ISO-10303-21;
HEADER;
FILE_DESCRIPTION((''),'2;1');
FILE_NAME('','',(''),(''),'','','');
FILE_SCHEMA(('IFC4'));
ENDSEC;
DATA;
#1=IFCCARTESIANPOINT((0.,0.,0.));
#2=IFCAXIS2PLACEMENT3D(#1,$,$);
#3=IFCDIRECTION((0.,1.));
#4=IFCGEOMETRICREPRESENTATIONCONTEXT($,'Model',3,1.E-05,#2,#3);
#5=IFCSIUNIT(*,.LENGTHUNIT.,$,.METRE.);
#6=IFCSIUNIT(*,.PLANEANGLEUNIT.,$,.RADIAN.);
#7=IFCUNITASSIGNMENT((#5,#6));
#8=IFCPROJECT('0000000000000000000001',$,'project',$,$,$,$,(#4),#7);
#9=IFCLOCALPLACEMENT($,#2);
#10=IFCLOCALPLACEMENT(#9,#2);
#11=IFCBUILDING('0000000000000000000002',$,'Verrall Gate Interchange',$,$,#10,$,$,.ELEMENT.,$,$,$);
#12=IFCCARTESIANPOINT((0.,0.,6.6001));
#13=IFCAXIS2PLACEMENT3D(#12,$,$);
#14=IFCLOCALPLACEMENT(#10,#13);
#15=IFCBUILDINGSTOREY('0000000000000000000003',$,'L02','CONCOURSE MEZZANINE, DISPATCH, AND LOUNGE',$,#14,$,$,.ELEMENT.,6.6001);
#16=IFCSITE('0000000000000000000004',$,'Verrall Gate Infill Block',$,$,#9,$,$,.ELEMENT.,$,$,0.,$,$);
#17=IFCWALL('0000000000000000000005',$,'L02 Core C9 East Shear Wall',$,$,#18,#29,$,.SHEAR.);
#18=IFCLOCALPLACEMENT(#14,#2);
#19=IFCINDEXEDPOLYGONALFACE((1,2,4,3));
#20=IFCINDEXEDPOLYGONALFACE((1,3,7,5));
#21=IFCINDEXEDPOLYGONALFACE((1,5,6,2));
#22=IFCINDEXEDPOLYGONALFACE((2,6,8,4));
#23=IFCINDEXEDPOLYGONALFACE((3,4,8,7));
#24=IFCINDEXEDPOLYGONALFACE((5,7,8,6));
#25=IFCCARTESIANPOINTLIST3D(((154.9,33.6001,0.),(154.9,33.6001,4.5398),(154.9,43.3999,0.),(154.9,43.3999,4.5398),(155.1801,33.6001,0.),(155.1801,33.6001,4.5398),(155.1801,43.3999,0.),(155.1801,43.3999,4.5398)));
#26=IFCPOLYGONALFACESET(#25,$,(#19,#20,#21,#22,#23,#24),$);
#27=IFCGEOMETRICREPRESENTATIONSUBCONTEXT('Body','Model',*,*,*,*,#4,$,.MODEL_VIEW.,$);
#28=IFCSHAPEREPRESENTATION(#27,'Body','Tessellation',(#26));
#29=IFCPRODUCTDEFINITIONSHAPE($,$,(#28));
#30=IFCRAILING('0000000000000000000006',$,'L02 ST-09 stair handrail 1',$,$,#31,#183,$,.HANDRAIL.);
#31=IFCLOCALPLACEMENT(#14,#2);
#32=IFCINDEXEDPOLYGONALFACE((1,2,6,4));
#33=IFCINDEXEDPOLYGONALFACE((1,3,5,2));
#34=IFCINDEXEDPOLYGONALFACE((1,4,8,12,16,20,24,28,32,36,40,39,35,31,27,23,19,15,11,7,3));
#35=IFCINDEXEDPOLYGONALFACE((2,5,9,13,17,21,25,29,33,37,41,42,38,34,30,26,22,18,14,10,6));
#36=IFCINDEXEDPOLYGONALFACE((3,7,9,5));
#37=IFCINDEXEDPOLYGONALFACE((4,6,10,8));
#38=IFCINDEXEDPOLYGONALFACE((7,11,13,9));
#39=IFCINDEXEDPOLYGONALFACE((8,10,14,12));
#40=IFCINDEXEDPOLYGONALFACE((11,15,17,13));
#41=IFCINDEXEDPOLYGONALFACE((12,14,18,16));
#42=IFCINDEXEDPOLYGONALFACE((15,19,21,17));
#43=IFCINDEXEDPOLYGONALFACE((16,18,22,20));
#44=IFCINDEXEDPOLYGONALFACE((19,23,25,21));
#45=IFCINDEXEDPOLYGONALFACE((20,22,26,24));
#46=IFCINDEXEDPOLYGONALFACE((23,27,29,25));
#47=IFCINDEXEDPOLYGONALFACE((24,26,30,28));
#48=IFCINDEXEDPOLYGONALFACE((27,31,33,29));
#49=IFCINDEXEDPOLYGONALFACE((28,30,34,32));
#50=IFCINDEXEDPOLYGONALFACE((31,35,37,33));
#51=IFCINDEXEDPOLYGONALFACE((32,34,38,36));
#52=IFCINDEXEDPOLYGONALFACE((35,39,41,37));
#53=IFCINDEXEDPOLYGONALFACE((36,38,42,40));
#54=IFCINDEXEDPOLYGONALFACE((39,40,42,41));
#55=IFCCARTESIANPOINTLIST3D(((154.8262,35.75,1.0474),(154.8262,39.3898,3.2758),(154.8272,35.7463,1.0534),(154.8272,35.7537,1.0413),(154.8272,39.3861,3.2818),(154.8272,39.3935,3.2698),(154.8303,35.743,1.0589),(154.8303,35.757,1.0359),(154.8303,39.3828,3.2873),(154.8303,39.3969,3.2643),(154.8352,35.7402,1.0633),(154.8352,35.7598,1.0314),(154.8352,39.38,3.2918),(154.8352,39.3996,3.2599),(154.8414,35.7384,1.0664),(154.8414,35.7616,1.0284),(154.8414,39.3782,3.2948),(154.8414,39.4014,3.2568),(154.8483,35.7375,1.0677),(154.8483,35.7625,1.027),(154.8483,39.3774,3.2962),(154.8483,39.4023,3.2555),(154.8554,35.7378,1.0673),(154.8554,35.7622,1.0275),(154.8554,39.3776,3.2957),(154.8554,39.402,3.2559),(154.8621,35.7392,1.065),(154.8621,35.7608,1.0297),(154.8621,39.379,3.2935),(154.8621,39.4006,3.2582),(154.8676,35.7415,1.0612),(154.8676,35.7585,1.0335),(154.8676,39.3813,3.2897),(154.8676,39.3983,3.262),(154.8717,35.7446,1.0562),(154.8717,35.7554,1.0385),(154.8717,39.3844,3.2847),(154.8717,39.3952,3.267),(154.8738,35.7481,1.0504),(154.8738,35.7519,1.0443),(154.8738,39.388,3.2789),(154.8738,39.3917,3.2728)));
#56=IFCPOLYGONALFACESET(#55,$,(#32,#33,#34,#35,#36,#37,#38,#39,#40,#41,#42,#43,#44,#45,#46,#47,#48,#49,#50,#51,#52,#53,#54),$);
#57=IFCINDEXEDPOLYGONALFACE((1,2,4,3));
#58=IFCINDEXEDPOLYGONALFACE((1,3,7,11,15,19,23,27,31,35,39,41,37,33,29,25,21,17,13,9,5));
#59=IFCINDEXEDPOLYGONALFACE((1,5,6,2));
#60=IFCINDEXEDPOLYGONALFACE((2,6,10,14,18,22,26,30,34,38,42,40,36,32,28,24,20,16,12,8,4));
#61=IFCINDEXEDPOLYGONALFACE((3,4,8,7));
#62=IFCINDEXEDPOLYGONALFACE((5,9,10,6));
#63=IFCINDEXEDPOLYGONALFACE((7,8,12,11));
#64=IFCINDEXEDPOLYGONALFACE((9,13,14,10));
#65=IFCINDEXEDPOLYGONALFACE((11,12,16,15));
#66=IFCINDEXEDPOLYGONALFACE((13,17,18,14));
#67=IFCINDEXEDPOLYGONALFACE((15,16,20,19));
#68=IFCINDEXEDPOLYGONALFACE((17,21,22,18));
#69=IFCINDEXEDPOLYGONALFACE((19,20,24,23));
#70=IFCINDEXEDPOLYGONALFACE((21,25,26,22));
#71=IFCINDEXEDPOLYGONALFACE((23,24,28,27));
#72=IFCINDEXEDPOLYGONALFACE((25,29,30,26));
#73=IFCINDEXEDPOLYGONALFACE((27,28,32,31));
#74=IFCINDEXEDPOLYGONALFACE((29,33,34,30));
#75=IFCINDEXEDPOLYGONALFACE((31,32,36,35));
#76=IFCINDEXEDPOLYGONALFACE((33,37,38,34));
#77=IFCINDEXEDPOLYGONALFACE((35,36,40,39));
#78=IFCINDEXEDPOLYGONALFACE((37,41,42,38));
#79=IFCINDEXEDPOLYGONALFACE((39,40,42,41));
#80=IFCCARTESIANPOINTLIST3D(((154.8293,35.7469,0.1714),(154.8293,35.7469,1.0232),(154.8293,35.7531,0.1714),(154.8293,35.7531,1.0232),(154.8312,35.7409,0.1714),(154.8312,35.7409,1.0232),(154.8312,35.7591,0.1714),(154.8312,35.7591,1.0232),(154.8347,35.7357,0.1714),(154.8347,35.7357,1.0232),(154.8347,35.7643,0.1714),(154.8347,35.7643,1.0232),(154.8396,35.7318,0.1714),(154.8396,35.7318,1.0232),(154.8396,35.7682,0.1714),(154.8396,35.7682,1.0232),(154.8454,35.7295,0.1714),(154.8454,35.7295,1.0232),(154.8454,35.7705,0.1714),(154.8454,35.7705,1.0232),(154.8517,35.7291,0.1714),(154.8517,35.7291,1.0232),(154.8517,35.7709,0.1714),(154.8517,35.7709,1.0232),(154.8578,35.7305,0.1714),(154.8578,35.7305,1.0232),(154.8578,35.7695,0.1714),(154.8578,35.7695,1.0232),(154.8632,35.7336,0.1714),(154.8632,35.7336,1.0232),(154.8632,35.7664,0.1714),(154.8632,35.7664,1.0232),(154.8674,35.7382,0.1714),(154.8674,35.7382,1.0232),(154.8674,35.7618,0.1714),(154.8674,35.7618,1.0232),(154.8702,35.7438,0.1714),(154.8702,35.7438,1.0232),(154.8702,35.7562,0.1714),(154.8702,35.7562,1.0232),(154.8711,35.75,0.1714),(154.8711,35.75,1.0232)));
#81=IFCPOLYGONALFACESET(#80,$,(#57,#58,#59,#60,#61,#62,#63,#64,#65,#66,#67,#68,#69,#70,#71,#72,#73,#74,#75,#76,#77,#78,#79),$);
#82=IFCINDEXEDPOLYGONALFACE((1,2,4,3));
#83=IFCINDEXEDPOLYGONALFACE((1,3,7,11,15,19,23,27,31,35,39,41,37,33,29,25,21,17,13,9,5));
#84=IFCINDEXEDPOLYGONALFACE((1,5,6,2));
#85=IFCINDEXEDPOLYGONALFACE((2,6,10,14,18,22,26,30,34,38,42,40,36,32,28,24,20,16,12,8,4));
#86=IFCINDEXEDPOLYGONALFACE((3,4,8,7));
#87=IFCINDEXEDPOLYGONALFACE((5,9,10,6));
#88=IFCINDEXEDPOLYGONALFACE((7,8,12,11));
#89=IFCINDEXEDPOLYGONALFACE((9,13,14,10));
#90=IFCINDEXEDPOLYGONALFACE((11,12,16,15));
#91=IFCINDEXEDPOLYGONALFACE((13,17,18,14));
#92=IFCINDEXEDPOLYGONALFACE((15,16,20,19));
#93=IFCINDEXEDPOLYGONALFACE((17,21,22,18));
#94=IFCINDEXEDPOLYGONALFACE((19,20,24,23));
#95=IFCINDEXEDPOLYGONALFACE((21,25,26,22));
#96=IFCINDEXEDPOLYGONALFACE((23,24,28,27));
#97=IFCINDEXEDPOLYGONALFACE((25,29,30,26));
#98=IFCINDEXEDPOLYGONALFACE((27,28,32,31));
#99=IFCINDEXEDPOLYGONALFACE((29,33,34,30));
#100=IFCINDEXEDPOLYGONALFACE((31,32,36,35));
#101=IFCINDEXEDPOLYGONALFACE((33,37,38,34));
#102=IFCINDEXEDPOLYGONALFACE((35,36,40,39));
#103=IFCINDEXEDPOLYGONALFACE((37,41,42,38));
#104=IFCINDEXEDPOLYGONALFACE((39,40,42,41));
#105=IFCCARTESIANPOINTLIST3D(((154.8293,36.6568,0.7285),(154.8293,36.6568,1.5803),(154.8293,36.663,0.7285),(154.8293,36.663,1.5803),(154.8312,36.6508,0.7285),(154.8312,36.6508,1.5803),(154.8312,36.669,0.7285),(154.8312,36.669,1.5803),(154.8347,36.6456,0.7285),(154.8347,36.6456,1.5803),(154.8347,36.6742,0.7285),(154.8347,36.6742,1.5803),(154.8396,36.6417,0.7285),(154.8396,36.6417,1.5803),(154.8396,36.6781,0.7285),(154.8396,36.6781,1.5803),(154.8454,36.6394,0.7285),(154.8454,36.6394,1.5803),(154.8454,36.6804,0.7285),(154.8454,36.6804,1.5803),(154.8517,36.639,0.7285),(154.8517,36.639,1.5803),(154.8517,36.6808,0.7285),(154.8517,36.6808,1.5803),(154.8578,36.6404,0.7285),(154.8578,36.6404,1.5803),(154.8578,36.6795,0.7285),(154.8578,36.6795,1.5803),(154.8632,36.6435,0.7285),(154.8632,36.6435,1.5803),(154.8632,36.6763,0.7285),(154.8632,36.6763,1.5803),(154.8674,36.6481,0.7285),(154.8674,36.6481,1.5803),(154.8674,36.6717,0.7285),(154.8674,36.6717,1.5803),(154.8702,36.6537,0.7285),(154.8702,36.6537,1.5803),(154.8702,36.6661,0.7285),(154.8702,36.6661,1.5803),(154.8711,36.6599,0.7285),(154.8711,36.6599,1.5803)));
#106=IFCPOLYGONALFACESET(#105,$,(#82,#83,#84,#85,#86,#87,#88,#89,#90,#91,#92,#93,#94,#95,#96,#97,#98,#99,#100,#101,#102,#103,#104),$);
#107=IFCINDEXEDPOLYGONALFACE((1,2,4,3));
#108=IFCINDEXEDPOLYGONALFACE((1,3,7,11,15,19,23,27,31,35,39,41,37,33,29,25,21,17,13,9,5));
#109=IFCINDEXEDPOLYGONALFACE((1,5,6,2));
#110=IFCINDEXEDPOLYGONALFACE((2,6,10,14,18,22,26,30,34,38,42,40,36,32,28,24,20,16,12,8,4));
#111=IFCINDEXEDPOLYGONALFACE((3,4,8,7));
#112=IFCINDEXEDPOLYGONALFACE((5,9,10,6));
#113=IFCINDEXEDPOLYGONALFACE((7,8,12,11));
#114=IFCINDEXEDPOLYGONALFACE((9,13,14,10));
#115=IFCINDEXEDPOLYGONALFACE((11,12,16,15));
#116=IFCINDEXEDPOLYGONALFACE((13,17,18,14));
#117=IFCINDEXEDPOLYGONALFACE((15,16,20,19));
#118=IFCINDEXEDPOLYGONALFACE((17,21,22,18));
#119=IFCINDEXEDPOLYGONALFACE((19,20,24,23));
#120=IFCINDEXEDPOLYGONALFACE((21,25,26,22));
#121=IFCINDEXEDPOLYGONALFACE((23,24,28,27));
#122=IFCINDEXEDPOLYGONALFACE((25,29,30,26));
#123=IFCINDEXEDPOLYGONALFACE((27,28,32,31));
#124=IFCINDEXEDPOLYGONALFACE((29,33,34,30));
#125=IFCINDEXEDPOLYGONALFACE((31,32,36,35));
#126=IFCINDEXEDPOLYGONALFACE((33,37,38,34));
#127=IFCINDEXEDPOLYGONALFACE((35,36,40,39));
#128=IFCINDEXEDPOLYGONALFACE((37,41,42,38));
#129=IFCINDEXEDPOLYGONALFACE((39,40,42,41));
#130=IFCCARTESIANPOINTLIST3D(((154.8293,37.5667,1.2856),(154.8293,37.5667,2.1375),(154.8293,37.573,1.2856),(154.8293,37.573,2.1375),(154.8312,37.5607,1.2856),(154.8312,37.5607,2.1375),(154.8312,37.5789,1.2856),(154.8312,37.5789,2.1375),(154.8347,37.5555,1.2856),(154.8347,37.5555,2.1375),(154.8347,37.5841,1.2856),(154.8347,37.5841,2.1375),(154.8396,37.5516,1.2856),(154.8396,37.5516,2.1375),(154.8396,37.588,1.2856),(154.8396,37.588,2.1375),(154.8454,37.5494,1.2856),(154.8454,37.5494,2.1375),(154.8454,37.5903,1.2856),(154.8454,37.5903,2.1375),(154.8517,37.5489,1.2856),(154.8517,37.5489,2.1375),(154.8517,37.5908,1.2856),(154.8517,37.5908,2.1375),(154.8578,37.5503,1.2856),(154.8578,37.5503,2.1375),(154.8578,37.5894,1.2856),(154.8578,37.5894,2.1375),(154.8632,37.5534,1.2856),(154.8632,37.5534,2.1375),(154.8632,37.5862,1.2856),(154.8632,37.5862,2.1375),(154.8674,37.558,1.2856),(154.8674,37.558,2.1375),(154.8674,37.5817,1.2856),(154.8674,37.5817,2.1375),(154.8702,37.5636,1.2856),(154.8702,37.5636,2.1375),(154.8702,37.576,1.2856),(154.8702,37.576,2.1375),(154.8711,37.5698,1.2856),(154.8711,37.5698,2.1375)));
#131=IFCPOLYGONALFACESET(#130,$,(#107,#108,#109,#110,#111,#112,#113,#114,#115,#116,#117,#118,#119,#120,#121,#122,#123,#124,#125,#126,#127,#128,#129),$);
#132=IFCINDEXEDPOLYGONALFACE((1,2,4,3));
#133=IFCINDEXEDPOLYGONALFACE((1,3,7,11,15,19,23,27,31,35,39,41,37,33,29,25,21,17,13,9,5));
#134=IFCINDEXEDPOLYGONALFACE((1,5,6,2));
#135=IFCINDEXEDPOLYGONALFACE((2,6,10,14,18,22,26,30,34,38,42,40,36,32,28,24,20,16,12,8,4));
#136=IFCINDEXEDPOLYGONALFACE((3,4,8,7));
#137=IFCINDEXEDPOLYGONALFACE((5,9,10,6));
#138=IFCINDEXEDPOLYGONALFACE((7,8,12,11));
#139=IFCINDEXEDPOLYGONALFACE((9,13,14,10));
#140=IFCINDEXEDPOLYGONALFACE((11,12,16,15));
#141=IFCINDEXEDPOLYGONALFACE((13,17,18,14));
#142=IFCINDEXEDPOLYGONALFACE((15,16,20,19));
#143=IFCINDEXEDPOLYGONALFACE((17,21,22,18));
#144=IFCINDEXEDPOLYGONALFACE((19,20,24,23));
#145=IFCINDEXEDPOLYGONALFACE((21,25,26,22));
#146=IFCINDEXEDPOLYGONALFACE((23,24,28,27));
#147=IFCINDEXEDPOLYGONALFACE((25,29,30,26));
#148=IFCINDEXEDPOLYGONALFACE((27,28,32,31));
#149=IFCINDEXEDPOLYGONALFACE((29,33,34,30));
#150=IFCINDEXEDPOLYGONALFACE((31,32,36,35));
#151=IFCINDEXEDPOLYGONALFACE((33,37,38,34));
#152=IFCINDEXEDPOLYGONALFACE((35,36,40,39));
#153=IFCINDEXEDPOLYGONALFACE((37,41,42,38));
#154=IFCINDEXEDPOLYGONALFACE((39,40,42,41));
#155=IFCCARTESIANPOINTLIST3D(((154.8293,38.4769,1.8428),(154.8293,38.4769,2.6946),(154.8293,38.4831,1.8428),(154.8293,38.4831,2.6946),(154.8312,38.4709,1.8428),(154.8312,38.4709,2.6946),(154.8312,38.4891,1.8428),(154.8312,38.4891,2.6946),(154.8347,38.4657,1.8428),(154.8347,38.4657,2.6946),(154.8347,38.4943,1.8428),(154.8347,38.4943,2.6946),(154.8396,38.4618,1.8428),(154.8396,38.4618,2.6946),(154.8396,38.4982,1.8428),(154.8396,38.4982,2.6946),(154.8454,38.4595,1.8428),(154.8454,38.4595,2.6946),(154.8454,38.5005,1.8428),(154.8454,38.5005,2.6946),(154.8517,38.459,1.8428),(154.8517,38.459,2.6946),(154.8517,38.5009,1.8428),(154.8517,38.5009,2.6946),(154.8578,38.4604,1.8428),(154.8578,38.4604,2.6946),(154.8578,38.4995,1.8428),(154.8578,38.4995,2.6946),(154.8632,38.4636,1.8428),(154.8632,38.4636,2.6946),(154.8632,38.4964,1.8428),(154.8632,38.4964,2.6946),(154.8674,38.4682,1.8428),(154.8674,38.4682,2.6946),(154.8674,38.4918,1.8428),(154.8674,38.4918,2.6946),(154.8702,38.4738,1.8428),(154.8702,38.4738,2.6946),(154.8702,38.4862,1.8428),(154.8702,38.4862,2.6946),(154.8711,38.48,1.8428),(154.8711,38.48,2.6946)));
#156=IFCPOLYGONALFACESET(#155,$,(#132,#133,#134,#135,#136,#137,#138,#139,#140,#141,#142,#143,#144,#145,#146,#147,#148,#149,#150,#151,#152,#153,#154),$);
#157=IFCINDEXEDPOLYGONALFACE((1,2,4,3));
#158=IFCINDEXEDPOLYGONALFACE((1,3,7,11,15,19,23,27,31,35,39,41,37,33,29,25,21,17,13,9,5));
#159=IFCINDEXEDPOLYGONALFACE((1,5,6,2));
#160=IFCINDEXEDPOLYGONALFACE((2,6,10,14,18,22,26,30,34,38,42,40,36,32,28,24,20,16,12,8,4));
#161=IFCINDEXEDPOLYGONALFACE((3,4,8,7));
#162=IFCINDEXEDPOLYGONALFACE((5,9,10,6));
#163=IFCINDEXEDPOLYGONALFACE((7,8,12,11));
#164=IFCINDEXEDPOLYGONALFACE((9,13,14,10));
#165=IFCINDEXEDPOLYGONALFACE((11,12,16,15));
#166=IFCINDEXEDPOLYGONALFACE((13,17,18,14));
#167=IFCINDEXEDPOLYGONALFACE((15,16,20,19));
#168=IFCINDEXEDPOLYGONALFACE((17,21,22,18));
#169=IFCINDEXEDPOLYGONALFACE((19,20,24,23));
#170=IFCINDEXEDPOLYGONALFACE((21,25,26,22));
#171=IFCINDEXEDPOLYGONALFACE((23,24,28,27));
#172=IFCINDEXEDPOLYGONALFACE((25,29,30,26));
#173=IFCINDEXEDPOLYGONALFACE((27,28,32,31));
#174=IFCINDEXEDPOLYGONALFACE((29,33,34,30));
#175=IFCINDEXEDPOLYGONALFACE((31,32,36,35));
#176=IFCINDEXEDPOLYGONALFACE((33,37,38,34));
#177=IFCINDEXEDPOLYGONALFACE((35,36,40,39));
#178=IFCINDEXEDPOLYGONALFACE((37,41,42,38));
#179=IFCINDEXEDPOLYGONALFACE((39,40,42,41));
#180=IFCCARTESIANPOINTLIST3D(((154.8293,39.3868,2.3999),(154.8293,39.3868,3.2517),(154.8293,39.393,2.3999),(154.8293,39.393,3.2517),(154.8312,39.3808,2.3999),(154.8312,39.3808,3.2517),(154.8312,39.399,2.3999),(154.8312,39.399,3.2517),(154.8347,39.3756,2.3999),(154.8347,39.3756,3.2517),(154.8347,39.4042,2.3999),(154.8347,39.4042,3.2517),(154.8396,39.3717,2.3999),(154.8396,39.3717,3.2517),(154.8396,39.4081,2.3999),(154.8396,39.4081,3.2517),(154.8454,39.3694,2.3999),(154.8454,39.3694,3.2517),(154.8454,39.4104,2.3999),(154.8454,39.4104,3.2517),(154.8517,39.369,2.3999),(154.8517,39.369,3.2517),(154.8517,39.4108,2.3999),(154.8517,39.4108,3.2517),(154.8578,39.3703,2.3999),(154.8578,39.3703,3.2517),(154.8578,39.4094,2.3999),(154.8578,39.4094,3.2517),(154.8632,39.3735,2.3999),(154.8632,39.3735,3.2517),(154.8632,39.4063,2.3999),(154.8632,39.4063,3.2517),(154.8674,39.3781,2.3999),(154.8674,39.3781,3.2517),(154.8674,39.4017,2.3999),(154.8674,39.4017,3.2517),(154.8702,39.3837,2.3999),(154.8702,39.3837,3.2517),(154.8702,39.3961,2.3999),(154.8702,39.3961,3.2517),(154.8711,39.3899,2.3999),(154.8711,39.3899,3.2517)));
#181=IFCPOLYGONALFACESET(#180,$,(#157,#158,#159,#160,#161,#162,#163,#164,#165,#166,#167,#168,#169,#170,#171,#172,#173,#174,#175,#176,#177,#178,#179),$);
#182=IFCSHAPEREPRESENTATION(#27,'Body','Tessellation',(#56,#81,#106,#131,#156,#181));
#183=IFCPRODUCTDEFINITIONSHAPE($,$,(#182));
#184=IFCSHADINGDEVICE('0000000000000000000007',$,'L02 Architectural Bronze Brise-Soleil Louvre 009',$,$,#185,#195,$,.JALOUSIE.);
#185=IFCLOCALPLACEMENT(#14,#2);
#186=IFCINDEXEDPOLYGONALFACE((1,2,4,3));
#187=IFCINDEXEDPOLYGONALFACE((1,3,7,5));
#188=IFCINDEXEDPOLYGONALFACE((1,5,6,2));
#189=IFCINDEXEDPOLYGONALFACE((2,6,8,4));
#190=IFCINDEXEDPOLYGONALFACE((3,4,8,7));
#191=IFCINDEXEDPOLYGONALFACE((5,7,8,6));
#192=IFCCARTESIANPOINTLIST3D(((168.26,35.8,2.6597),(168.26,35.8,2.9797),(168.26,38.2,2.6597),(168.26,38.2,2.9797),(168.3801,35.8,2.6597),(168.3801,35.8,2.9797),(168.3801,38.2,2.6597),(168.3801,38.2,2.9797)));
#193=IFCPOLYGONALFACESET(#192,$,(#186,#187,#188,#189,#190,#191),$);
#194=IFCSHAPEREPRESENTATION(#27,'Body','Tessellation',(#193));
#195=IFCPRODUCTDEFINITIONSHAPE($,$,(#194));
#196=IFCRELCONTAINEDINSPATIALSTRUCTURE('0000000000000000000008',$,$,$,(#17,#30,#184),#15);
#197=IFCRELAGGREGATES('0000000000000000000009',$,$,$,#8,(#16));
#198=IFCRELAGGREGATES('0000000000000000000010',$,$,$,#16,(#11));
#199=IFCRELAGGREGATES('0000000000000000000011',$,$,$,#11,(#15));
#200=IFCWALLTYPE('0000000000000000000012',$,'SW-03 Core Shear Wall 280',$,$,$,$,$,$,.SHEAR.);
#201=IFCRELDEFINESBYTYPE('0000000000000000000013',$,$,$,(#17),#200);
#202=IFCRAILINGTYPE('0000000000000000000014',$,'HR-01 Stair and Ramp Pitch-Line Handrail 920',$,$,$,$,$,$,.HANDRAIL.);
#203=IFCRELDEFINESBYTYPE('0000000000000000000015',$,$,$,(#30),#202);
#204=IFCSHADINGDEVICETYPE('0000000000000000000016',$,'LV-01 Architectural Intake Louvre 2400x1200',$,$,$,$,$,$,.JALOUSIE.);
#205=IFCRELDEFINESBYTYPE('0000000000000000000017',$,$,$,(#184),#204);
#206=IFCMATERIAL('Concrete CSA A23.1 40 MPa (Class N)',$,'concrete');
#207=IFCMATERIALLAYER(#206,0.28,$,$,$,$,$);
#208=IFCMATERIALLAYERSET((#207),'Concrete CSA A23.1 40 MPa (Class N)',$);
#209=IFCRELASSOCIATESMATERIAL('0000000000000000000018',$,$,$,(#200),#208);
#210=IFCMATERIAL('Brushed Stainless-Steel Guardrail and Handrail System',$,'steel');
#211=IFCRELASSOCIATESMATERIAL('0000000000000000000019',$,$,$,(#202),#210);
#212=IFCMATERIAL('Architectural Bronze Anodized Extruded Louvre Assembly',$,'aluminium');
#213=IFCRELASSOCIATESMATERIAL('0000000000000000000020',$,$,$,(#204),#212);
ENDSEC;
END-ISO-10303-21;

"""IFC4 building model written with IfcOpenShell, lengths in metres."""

from ifc_helpers import new_model, si_unit, direction, frame, frame_2d, origin, origin_2d, place, context, subcontext, project, spatial, rectangle, circle, extrude, material, layer, layer_set, type_object, element, save


model = new_model("IFC4")

# Units and contexts
model_context = context("Model", 3, precision=1e-05, world=origin(), true_north=direction((0.0, 1.0)))
body_context = subcontext(model_context, "Body", "Model", "MODEL_VIEW")
ifc_project = project(units=[si_unit("LENGTHUNIT", "METRE"), si_unit("PLANEANGLEUNIT", "RADIAN")], contexts=[model_context])

# Site, building, storey
site_placement = place(None, origin())
site = spatial("IfcSite", under=ifc_project, at=site_placement, Name="Verrall Gate Infill Block", CompositionType="ELEMENT", RefElevation=0.0)
building_placement = place(site_placement, origin())
building = spatial("IfcBuilding", under=site, at=building_placement, Name="Verrall Gate Interchange", CompositionType="ELEMENT")
storey_placement = place(building_placement, frame((0.0, 0.0, 6.6001)))
storey = spatial("IfcBuildingStorey", under=building, at=storey_placement, Name="L02", Description="CONCOURSE MEZZANINE, DISPATCH, AND LOUNGE", CompositionType="ELEMENT", Elevation=6.6001)

# Wall
ifc_material_1 = material(Name="Concrete CSA A23.1 40 MPa (Class N)", Category="concrete")
ifc_layer_1 = layer(ifc_material_1, 0.28)
ifc_layer_set_1 = layer_set([ifc_layer_1], Name="Concrete CSA A23.1 40 MPa (Class N)")
wall_type_1 = type_object("IfcWallType", Name="SW-03 Core Shear Wall 280", PredefinedType="SHEAR", material=ifc_layer_set_1)
wall_1_placement = place(storey_placement, frame((155.04, 33.6001, 0.0), z_axis=(0.0, 0.0, 1.0), x_axis=(0.0, 1.0, 0.0)))
element("IfcWall", 1, at=wall_1_placement, inside=storey, type_object=wall_type_1, Name="L02 Core C9 East Shear Wall", PredefinedType="SHEAR", context=body_context, shape_type="SweptSolid", body=[
    extrude(rectangle(XDim=9.7998, YDim=0.28, at=frame_2d((4.8999, 0.0))), origin(), (0.0, 0.0, 1.0), 4.5398),
])

# Railing
ifc_material_2 = material(Name="Brushed Stainless-Steel Guardrail and Handrail System", Category="steel")
railing_type = type_object("IfcRailingType", Name="HR-01 Stair and Ramp Pitch-Line Handrail 920", PredefinedType="HANDRAIL", material=ifc_material_2)
railing_placement = place(storey_placement, frame((154.8501, 35.75, 0.1714)))
element("IfcRailing", 2, at=railing_placement, inside=storey, type_object=railing_type, Name="L02 ST-09 stair handrail 1", PredefinedType="HANDRAIL", context=body_context, shape_type="SweptSolid", body=[
    extrude(circle(Radius=0.0239, at=origin_2d()), frame((0.0, 0.0, 0.876), z_axis=(0.0, 0.85285, 0.522156), x_axis=(-1.0, 0.0, 0.0)), (0.0, 0.0, 1.0), 4.2678),
    extrude(circle(Radius=0.021, at=origin_2d()), origin(), (0.0, 0.0, 1.0), 0.8518),
    extrude(circle(Radius=0.021, at=origin_2d()), frame((0.0, 0.9099, 0.5571)), (0.0, 0.0, 1.0), 0.8518),
    extrude(circle(Radius=0.021, at=origin_2d()), frame((0.0, 1.8198, 1.1143)), (0.0, 0.0, 1.0), 0.8518),
    extrude(circle(Radius=0.021, at=origin_2d()), frame((0.0, 2.73, 1.6714)), (0.0, 0.0, 1.0), 0.8518),
    extrude(circle(Radius=0.021, at=origin_2d()), frame((0.0, 3.6399, 2.2285)), (0.0, 0.0, 1.0), 0.8518),
])

# Shading device
ifc_material_3 = material(Name="Architectural Bronze Anodized Extruded Louvre Assembly", Category="aluminium")
shading_device_type = type_object("IfcShadingDeviceType", Name="LV-01 Architectural Intake Louvre 2400x1200", PredefinedType="JALOUSIE", material=ifc_material_3)
shading_device_placement = place(storey_placement, frame((168.3201, 37.0, 2.6597), z_axis=(0.0, 0.0, 1.0), x_axis=(0.0, 1.0, 0.0)))
element("IfcShadingDevice", 3, at=shading_device_placement, inside=storey, type_object=shading_device_type, Name="L02 Architectural Bronze Brise-Soleil Louvre 009", PredefinedType="JALOUSIE", context=body_context, shape_type="SweptSolid", body=[
    extrude(rectangle(XDim=2.3999, YDim=0.1201, at=origin_2d()), origin(), (0.0, 0.0, 1.0), 0.3201),
])

save(model, "model.ifc")
